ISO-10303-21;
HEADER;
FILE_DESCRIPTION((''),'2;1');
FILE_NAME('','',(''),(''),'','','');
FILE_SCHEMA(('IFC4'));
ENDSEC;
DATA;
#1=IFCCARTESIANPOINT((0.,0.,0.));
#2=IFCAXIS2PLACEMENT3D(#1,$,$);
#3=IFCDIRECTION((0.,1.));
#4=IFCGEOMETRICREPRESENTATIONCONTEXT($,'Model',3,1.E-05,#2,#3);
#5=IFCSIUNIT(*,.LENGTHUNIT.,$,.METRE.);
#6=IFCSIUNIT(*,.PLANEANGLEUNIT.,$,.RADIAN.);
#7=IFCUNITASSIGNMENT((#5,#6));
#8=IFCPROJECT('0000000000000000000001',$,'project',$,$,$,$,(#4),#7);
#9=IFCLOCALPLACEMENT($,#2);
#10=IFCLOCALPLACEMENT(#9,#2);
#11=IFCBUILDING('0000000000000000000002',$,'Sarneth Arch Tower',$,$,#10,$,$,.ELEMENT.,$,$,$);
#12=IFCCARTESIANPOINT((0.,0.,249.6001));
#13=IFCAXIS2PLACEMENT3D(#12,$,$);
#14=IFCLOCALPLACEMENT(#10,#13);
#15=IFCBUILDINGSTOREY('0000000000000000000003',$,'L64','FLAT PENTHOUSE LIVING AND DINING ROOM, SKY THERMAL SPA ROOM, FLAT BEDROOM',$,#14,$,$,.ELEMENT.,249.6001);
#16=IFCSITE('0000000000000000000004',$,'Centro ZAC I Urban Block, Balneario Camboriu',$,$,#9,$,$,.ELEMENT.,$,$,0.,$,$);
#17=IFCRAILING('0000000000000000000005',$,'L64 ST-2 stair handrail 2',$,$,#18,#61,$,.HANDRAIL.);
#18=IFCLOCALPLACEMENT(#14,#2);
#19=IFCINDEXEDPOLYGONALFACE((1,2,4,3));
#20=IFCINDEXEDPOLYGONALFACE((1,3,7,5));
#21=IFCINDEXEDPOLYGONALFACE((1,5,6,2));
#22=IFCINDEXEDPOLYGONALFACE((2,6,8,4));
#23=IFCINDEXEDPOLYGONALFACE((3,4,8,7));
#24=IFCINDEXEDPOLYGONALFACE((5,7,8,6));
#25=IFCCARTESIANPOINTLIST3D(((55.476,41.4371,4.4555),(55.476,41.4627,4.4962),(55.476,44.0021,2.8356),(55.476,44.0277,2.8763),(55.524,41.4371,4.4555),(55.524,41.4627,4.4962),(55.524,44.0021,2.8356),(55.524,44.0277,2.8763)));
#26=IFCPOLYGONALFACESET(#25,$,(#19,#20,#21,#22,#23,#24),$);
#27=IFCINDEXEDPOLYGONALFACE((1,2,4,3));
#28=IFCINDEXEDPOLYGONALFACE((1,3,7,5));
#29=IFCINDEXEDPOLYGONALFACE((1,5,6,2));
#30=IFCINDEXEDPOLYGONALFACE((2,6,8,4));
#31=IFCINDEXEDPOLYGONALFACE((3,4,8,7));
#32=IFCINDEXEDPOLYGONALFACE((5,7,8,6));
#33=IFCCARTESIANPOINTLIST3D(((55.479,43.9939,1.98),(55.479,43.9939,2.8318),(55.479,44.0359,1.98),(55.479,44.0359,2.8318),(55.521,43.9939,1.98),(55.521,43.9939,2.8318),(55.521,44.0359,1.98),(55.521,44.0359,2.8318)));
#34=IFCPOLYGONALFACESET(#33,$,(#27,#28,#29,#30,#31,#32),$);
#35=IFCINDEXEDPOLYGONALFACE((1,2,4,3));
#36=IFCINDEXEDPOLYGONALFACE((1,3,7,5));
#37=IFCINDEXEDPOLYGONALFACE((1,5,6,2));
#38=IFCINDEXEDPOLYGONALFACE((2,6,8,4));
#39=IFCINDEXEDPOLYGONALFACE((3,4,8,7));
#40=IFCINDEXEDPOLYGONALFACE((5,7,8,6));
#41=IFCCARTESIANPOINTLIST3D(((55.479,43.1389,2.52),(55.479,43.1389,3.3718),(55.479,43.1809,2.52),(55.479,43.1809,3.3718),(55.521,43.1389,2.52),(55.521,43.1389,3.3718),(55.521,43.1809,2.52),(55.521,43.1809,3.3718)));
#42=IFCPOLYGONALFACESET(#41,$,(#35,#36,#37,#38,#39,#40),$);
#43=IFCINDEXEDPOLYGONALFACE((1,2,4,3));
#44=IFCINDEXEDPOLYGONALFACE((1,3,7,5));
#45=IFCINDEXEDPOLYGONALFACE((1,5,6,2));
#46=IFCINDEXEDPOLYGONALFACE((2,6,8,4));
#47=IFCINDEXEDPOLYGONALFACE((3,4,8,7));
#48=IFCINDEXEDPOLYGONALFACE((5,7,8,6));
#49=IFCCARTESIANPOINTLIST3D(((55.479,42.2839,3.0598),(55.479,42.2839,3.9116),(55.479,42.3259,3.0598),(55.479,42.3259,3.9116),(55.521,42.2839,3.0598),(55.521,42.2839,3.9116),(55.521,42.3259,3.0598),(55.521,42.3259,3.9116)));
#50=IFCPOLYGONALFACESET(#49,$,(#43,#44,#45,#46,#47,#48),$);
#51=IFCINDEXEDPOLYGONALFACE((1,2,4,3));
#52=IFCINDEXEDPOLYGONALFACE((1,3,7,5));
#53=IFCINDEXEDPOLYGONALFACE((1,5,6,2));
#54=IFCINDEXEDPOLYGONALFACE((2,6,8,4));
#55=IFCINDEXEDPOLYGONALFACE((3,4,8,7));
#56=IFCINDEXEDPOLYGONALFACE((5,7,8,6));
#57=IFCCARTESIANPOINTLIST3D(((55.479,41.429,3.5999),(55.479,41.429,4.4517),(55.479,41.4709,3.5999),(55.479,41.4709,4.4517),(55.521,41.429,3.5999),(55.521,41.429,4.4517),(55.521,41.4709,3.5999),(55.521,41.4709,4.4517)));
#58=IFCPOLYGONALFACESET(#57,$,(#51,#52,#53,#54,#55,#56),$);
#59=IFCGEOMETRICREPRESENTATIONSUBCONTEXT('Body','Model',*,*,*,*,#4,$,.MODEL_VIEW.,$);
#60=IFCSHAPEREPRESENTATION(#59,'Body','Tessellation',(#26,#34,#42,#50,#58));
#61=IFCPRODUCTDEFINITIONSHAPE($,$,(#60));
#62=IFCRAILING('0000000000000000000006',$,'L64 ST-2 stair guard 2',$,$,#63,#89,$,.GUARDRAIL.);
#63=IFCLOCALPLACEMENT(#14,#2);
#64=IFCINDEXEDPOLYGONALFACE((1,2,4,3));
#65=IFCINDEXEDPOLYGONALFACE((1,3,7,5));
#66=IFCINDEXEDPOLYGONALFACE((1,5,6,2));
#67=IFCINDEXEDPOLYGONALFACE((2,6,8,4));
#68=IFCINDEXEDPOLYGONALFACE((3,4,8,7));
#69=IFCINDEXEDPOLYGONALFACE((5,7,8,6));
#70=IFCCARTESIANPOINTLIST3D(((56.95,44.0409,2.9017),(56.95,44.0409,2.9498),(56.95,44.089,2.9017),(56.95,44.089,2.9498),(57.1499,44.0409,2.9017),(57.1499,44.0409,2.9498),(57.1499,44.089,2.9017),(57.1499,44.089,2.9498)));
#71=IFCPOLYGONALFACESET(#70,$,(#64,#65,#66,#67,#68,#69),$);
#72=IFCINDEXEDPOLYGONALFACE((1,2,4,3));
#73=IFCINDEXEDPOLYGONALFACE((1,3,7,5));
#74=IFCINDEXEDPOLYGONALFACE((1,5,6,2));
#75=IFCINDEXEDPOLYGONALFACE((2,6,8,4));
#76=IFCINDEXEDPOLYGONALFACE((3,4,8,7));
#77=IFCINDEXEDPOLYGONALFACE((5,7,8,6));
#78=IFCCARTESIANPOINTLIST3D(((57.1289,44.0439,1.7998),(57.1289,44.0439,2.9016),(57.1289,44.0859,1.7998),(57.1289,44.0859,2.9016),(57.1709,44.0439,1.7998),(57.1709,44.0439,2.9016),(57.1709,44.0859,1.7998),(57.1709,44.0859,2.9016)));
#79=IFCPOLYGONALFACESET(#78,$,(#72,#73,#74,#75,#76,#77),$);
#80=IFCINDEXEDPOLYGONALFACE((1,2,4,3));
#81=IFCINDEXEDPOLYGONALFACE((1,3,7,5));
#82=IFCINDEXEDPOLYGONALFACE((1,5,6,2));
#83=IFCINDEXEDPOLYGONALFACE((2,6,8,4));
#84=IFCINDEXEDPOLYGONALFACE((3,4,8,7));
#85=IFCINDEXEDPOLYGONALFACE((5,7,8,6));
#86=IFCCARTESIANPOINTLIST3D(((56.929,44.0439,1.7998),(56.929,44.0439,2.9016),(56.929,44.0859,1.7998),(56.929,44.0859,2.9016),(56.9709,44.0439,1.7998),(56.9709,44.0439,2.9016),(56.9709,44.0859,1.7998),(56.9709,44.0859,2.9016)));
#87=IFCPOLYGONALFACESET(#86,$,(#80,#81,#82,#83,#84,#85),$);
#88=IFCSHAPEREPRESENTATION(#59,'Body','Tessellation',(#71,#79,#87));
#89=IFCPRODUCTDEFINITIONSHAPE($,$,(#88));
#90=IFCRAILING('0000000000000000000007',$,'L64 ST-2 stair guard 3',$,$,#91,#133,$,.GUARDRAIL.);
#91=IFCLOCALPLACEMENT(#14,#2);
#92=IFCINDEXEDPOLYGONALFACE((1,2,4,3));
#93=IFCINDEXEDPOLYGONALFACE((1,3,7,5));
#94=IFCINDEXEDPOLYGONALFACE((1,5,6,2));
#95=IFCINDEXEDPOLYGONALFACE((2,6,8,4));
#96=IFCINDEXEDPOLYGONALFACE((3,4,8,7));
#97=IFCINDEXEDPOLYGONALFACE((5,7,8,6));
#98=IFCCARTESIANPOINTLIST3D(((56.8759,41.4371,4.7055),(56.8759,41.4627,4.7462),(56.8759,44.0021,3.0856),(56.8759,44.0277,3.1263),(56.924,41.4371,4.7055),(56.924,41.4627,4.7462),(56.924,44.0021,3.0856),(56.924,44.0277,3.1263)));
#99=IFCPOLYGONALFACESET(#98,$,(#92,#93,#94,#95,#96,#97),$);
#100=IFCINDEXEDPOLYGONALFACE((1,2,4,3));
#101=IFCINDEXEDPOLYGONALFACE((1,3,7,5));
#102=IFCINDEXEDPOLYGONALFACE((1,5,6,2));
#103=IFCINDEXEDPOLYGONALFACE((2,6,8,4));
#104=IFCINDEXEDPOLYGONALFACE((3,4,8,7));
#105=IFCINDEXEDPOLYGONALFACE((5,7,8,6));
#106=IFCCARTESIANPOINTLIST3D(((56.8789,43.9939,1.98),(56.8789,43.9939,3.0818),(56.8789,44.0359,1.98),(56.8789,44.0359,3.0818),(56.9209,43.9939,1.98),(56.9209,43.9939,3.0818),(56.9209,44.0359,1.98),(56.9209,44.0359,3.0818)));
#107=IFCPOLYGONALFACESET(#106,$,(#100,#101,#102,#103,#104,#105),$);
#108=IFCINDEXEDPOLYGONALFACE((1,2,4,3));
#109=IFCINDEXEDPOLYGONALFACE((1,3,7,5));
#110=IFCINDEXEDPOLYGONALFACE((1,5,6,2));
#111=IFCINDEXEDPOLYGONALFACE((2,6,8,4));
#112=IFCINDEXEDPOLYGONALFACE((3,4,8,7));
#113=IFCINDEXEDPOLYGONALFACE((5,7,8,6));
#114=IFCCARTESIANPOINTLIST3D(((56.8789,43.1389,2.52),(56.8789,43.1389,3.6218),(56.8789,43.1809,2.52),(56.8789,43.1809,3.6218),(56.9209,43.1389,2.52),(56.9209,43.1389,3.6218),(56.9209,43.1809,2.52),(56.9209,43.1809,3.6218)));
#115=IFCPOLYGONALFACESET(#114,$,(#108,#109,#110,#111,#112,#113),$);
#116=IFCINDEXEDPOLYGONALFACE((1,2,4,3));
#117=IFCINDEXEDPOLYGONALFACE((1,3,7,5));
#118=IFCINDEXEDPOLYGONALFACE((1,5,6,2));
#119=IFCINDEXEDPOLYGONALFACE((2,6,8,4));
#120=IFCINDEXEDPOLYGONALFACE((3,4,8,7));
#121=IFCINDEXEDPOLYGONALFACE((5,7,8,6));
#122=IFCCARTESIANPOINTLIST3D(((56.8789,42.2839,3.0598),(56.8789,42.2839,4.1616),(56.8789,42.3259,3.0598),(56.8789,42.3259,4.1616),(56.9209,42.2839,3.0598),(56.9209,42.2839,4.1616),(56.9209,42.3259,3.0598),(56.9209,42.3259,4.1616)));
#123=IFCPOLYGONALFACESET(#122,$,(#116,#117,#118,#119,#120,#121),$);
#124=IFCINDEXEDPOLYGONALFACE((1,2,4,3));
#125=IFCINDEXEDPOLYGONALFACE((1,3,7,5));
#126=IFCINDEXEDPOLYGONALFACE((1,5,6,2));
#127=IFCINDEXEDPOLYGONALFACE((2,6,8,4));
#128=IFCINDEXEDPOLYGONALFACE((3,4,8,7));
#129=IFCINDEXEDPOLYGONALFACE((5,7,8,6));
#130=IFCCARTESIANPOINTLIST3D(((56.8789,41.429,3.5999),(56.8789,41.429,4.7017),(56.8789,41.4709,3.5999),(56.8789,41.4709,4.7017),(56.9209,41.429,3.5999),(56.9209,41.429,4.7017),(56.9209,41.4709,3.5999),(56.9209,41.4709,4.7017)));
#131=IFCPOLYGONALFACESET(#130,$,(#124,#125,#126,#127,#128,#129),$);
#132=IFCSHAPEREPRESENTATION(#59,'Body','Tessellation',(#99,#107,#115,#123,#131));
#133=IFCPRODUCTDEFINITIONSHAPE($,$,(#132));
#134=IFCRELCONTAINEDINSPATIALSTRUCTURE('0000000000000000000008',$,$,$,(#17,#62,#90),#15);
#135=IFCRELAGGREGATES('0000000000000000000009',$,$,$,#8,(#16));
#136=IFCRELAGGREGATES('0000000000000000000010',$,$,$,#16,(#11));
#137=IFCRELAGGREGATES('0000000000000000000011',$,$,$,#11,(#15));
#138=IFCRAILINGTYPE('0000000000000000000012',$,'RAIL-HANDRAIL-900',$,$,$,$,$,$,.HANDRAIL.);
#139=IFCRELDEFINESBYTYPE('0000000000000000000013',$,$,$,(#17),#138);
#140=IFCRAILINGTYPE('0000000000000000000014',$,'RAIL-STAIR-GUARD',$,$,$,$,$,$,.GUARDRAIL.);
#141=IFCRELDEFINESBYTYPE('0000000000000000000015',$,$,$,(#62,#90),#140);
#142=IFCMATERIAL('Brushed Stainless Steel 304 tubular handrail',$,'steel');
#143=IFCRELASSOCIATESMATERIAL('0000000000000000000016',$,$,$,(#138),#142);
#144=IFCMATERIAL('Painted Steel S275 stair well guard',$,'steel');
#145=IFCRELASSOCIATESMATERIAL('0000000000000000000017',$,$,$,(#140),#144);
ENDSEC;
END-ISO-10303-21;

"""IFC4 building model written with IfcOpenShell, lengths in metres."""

from ifc_helpers import new_model, si_unit, direction, frame, origin, origin_2d, place, context, subcontext, project, spatial, rectangle, extrude, material, type_object, element, save


model = new_model("IFC4")

# Units and contexts
model_context = context("Model", 3, precision=1e-05, world=origin(), true_north=direction((0.0, 1.0)))
body_context = subcontext(model_context, "Body", "Model", "MODEL_VIEW")
ifc_project = project(units=[si_unit("LENGTHUNIT", "METRE"), si_unit("PLANEANGLEUNIT", "RADIAN")], contexts=[model_context])

# Site, building, storey
site_placement = place(None, origin())
site = spatial("IfcSite", under=ifc_project, at=site_placement, Name="Centro ZAC I Urban Block, Balneario Camboriu", CompositionType="ELEMENT", RefElevation=0.0)
building_placement = place(site_placement, origin())
building = spatial("IfcBuilding", under=site, at=building_placement, Name="Sarneth Arch Tower", CompositionType="ELEMENT")
storey_placement = place(building_placement, frame((0.0, 0.0, 249.6001)))
storey = spatial("IfcBuildingStorey", under=building, at=storey_placement, Name="L64", Description="FLAT PENTHOUSE LIVING AND DINING ROOM, SKY THERMAL SPA ROOM, FLAT BEDROOM", CompositionType="ELEMENT", Elevation=249.6001)

# Railings
ifc_material_1 = material(Name="Brushed Stainless Steel 304 tubular handrail", Category="steel")
railing_type_1 = type_object("IfcRailingType", Name="RAIL-HANDRAIL-900", PredefinedType="HANDRAIL", material=ifc_material_1)
railing_1_placement = place(storey_placement, frame((55.5, 44.0149, 1.98)))
element("IfcRailing", 1, at=railing_1_placement, inside=storey, type_object=railing_type_1, Name="L64 ST-2 stair handrail 2", PredefinedType="HANDRAIL", context=body_context, shape_type="SweptSolid", body=[
    extrude(rectangle(XDim=0.0481, YDim=0.0481, at=origin_2d()), frame((0.0, 0.0, 0.876), z_axis=(0.0, -0.845502, 0.533972), x_axis=(1.0, 0.0, 0.0)), (0.0, 0.0, 1.0), 3.0337),
    extrude(rectangle(XDim=0.042, YDim=0.042, at=origin_2d()), origin(), (0.0, 0.0, 1.0), 0.8518),
    extrude(rectangle(XDim=0.042, YDim=0.042, at=origin_2d()), frame((0.0, -0.855, 0.54)), (0.0, 0.0, 1.0), 0.8518),
    extrude(rectangle(XDim=0.042, YDim=0.042, at=origin_2d()), frame((0.0, -1.71, 1.0798)), (0.0, 0.0, 1.0), 0.8518),
    extrude(rectangle(XDim=0.042, YDim=0.042, at=origin_2d()), frame((0.0, -2.5649, 1.6199)), (0.0, 0.0, 1.0), 0.8518),
])
ifc_material_2 = material(Name="Painted Steel S275 stair well guard", Category="steel")
railing_type_2 = type_object("IfcRailingType", Name="RAIL-STAIR-GUARD", PredefinedType="GUARDRAIL", material=ifc_material_2)
railing_2_placement = place(storey_placement, frame((57.1499, 44.0649, 1.7998)))
element("IfcRailing", 2, at=railing_2_placement, inside=storey, type_object=railing_type_2, Name="L64 ST-2 stair guard 2", PredefinedType="GUARDRAIL", context=body_context, shape_type="SweptSolid", body=[
    extrude(rectangle(XDim=0.0481, YDim=0.0481, at=origin_2d()), frame((0.0, 0.0, 1.126), z_axis=(-1.0, 0.0, 0.0), x_axis=(0.0, -1.0, 0.0)), (0.0, 0.0, 1.0), 0.2),
    extrude(rectangle(XDim=0.042, YDim=0.042, at=origin_2d()), origin(), (0.0, 0.0, 1.0), 1.1018),
    extrude(rectangle(XDim=0.042, YDim=0.042, at=origin_2d()), frame((-0.2, 0.0, 0.0)), (0.0, 0.0, 1.0), 1.1018),
])
railing_3_placement = place(storey_placement, frame((56.8999, 44.0149, 1.98)))
element("IfcRailing", 3, at=railing_3_placement, inside=storey, type_object=railing_type_2, Name="L64 ST-2 stair guard 3", PredefinedType="GUARDRAIL", context=body_context, shape_type="SweptSolid", body=[
    extrude(rectangle(XDim=0.0481, YDim=0.0481, at=origin_2d()), frame((0.0, 0.0, 1.126), z_axis=(0.0, -0.845502, 0.533972), x_axis=(1.0, 0.0, 0.0)), (0.0, 0.0, 1.0), 3.0337),
    extrude(rectangle(XDim=0.042, YDim=0.042, at=origin_2d()), origin(), (0.0, 0.0, 1.0), 1.1018),
    extrude(rectangle(XDim=0.042, YDim=0.042, at=origin_2d()), frame((0.0, -0.855, 0.54)), (0.0, 0.0, 1.0), 1.1018),
    extrude(rectangle(XDim=0.042, YDim=0.042, at=origin_2d()), frame((0.0, -1.71, 1.0798)), (0.0, 0.0, 1.0), 1.1018),
    extrude(rectangle(XDim=0.042, YDim=0.042, at=origin_2d()), frame((0.0, -2.5649, 1.6199)), (0.0, 0.0, 1.0), 1.1018),
])

save(model, "model.ifc")
